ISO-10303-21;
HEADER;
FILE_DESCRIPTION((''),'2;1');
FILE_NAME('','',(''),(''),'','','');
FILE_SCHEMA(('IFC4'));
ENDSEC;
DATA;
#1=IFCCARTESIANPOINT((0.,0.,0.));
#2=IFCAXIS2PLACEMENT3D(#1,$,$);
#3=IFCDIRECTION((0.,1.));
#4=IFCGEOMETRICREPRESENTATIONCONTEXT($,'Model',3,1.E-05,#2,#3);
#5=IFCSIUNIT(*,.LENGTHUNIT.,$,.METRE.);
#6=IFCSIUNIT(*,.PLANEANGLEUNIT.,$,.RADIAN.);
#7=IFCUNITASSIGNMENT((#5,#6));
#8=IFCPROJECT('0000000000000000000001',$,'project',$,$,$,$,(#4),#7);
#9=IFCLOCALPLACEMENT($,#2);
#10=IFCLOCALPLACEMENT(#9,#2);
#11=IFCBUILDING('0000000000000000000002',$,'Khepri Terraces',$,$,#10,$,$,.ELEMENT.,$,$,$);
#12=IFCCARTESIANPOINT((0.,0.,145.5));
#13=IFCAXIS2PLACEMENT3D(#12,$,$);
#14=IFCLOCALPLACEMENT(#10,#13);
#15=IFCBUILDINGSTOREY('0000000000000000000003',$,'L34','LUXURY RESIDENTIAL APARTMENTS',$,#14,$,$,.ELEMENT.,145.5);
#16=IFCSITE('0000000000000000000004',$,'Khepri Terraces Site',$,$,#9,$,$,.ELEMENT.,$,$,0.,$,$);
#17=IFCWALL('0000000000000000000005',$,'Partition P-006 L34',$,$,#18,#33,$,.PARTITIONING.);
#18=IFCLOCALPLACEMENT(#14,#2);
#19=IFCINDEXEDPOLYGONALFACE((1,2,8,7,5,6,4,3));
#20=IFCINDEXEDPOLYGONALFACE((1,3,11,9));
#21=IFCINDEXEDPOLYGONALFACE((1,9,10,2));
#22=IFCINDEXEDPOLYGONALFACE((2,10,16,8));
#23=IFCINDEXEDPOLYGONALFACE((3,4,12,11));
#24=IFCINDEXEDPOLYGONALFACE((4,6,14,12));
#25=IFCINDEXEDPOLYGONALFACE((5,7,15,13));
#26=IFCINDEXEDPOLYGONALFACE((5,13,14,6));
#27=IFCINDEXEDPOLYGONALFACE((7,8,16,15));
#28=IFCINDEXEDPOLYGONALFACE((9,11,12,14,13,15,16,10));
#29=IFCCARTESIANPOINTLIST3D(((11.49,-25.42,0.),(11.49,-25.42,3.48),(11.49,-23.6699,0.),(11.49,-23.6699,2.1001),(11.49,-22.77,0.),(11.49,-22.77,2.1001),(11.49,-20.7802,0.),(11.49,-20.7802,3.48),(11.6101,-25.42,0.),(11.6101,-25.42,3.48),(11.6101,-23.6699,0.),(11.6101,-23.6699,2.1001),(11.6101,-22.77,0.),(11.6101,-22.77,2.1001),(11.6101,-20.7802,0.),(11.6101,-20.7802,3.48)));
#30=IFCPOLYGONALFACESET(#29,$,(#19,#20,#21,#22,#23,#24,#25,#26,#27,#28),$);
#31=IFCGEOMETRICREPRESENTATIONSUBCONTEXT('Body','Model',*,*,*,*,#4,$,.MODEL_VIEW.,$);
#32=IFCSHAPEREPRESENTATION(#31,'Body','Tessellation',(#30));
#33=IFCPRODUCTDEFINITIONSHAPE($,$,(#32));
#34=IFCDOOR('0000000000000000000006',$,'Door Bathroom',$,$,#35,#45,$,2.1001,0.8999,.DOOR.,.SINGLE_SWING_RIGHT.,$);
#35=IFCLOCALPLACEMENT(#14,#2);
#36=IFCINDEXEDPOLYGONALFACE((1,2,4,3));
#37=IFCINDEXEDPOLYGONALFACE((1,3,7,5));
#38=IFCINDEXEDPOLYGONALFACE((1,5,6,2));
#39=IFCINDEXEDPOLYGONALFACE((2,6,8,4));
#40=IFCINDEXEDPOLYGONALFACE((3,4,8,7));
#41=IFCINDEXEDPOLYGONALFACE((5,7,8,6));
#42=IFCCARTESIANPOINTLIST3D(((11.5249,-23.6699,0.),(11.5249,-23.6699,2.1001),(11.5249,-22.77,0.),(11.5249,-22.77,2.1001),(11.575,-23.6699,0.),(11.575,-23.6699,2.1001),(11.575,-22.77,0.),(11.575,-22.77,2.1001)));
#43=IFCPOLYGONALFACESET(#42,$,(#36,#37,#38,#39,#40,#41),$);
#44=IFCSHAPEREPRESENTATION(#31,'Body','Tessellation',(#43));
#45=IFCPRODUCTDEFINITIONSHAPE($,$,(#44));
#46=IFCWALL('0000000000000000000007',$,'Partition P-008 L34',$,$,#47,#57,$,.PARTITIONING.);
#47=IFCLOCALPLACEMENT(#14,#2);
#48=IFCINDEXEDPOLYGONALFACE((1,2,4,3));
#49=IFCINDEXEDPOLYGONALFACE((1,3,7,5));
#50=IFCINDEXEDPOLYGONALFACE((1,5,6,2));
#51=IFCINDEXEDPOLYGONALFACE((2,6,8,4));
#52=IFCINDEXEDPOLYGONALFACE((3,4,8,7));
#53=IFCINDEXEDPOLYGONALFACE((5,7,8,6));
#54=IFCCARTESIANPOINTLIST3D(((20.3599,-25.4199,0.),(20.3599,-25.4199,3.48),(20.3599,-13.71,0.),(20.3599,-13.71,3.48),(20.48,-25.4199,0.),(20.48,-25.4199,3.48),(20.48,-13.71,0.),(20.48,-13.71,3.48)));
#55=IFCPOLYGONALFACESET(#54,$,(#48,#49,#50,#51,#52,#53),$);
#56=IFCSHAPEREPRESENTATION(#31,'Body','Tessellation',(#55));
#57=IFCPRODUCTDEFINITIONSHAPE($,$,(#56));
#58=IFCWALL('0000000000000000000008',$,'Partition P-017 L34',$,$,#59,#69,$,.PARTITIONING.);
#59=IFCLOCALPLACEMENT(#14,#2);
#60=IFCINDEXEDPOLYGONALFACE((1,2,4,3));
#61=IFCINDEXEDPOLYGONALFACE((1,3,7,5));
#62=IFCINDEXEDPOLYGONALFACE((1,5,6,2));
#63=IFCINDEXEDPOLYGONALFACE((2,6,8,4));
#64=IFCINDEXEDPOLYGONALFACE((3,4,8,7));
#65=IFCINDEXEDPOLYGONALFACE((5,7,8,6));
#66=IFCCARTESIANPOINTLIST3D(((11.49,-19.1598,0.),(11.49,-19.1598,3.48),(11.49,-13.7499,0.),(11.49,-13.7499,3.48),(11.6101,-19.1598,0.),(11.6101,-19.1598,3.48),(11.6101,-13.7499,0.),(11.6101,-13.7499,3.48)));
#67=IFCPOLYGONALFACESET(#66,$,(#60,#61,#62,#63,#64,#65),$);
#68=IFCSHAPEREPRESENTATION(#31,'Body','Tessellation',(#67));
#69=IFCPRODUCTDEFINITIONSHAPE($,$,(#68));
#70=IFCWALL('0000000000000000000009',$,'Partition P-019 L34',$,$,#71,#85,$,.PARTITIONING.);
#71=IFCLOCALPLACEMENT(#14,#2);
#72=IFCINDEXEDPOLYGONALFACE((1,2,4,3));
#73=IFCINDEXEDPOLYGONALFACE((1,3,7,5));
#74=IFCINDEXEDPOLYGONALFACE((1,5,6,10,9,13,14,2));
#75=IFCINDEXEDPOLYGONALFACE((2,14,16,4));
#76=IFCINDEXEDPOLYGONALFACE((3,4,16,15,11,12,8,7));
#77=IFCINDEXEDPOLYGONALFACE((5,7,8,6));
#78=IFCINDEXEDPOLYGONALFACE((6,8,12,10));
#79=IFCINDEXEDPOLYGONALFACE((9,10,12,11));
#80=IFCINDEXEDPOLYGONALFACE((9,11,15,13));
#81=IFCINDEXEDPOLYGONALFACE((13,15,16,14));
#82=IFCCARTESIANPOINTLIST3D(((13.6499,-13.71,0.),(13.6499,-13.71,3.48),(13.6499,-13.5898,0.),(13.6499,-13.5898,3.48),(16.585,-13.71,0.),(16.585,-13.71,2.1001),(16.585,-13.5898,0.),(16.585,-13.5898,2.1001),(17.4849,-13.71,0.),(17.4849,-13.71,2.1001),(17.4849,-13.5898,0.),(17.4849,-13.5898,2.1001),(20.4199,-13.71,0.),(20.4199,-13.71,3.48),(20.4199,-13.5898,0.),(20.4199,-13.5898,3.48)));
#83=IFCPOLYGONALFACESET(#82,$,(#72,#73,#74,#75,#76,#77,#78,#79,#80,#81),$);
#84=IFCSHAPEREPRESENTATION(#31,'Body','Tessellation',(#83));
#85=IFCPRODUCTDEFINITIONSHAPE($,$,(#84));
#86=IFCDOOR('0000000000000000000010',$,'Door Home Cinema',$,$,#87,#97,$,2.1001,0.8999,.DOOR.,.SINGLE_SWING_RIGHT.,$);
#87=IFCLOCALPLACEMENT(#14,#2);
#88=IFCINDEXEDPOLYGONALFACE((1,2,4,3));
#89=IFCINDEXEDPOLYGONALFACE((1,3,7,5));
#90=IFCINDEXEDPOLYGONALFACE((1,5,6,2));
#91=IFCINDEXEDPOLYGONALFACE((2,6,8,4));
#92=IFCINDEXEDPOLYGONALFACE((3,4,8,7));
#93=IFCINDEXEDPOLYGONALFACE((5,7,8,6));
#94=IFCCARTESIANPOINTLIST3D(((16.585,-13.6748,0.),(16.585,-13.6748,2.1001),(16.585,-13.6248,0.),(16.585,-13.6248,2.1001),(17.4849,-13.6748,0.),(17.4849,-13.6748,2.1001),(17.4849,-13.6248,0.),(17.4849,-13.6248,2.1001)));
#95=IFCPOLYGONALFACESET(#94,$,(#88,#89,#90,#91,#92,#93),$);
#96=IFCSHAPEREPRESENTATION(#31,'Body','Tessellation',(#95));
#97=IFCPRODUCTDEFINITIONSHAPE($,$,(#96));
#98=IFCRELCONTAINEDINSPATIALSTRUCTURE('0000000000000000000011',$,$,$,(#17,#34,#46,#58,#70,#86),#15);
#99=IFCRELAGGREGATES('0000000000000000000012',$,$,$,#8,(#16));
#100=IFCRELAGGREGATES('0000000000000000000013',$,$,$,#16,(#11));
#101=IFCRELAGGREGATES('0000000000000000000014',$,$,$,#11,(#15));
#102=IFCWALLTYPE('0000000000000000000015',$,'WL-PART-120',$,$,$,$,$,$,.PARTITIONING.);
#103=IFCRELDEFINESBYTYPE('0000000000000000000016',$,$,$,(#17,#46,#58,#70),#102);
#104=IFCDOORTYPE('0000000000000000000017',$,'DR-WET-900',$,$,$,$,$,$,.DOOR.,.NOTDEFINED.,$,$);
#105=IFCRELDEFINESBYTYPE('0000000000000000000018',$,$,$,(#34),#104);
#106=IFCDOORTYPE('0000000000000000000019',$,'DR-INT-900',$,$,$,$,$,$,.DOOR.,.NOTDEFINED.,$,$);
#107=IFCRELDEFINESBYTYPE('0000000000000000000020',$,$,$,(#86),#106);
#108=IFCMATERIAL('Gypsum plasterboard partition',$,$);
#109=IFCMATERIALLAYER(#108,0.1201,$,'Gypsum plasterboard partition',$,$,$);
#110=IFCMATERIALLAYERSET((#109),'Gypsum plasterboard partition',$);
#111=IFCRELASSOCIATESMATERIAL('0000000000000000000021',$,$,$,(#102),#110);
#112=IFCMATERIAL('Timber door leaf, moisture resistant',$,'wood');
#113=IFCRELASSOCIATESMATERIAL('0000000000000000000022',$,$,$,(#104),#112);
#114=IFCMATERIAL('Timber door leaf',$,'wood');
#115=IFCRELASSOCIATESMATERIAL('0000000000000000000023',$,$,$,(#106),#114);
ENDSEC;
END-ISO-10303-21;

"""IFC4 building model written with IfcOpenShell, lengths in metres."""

from ifc_helpers import new_model, si_unit, direction, frame, frame_2d, origin, place, context, subcontext, project, spatial, rectangle, extrude, material, layer, layer_set, type_object, element, fill, save


model = new_model("IFC4")

# Units and contexts
model_context = context("Model", 3, precision=1e-05, world=origin(), true_north=direction((0.0, 1.0)))
body_context = subcontext(model_context, "Body", "Model", "MODEL_VIEW")
ifc_project = project(units=[si_unit("LENGTHUNIT", "METRE"), si_unit("PLANEANGLEUNIT", "RADIAN")], contexts=[model_context])

# Site, building, storey
site_placement = place(None, origin())
site = spatial("IfcSite", under=ifc_project, at=site_placement, Name="Khepri Terraces Site", CompositionType="ELEMENT", RefElevation=0.0)
building_placement = place(site_placement, origin())
building = spatial("IfcBuilding", under=site, at=building_placement, Name="Khepri Terraces", CompositionType="ELEMENT")
storey_placement = place(building_placement, frame((0.0, 0.0, 145.5)))
storey = spatial("IfcBuildingStorey", under=building, at=storey_placement, Name="L34", Description="LUXURY RESIDENTIAL APARTMENTS", CompositionType="ELEMENT", Elevation=145.5)

# Wall, opening, door
ifc_material_1 = material(Name="Gypsum plasterboard partition")
ifc_layer_1 = layer(ifc_material_1, 0.1201, Name="Gypsum plasterboard partition")
ifc_layer_set_1 = layer_set([ifc_layer_1], Name="Gypsum plasterboard partition")
wall_type_1 = type_object("IfcWallType", Name="WL-PART-120", PredefinedType="PARTITIONING", material=ifc_layer_set_1)
wall_1_placement = place(storey_placement, frame((11.55, -25.4199, 0.0), z_axis=(0.0, 0.0, 1.0), x_axis=(0.0, 1.0, 0.0)))
wall_1 = element("IfcWall", 1, at=wall_1_placement, inside=storey, type_object=wall_type_1, Name="Partition P-006 L34", PredefinedType="PARTITIONING", context=body_context, shape_type="SweptSolid", body=[
    extrude(rectangle(XDim=4.6399, YDim=0.1201, at=frame_2d((2.3198, 0.0))), origin(), (0.0, 0.0, 1.0), 3.48),
])
opening_1_placement = place(wall_1_placement, frame((1.75, 0.0, 0.0)))
opening_1 = element("IfcOpeningElement", 2, at=opening_1_placement, cuts=wall_1, PredefinedType="OPENING", context=body_context, shape_type="SweptSolid", body=[
    extrude(rectangle(XDim=0.8999, YDim=2.1001, at=frame_2d((0.45, 1.05))), frame((0.0, 0.0701, 0.0), z_axis=(0.0, -1.0, 0.0), x_axis=(1.0, 0.0, 0.0)), (0.0, 0.0, 1.0), 0.1401),
])
ifc_material_2 = material(Name="Timber door leaf, moisture resistant", Category="wood")
door_type_1 = type_object("IfcDoorType", Name="DR-WET-900", OperationType="NOTDEFINED", PredefinedType="DOOR", material=ifc_material_2)
door_1_placement = place(opening_1_placement, frame((0.8999, 0.0, 0.0), z_axis=(0.0, 0.0, 1.0), x_axis=(-1.0, 0.0, 0.0)))
door_1 = element("IfcDoor", 3, at=door_1_placement, inside=storey, type_object=door_type_1, Name="Door Bathroom", OperationType="SINGLE_SWING_RIGHT", OverallHeight=2.1001, OverallWidth=0.8999, PredefinedType="DOOR", context=body_context, shape_type="SweptSolid", body=[
    extrude(rectangle(XDim=0.8999, YDim=2.1001, at=frame_2d((0.45, 1.05))), frame((0.0, 0.0249, 0.0), z_axis=(0.0, -1.0, 0.0), x_axis=(1.0, 0.0, 0.0)), (0.0, 0.0, 1.0), 0.05),
])
fill(opening_1, door_1)

# Walls
wall_2_placement = place(storey_placement, frame((20.4199, -25.4199, 0.0), z_axis=(0.0, 0.0, 1.0), x_axis=(0.0, 1.0, 0.0)))
element("IfcWall", 4, at=wall_2_placement, inside=storey, type_object=wall_type_1, Name="Partition P-008 L34", PredefinedType="PARTITIONING", context=body_context, shape_type="SweptSolid", body=[
    extrude(rectangle(XDim=11.71, YDim=0.1201, at=frame_2d((5.855, 0.0))), origin(), (0.0, 0.0, 1.0), 3.48),
])
wall_3_placement = place(storey_placement, frame((11.55, -19.1599, 0.0), z_axis=(0.0, 0.0, 1.0), x_axis=(0.0, 1.0, 0.0)))
element("IfcWall", 5, at=wall_3_placement, inside=storey, type_object=wall_type_1, Name="Partition P-017 L34", PredefinedType="PARTITIONING", context=body_context, shape_type="SweptSolid", body=[
    extrude(rectangle(XDim=5.4099, YDim=0.1201, at=frame_2d((2.7051, 0.0))), origin(), (0.0, 0.0, 1.0), 3.48),
])

# Wall, opening, door
wall_4_placement = place(storey_placement, frame((13.6499, -13.6499, 0.0), z_axis=(0.0, 0.0, 1.0), x_axis=(1.0, 0.0, 0.0)))
wall_4 = element("IfcWall", 6, at=wall_4_placement, inside=storey, type_object=wall_type_1, Name="Partition P-019 L34", PredefinedType="PARTITIONING", context=body_context, shape_type="SweptSolid", body=[
    extrude(rectangle(XDim=6.77, YDim=0.1201, at=frame_2d((3.385, 0.0))), origin(), (0.0, 0.0, 1.0), 3.48),
])
opening_2_placement = place(wall_4_placement, frame((2.9351, 0.0, 0.0)))
opening_2 = element("IfcOpeningElement", 7, at=opening_2_placement, cuts=wall_4, PredefinedType="OPENING", context=body_context, shape_type="SweptSolid", body=[
    extrude(rectangle(XDim=0.8999, YDim=2.1001, at=frame_2d((0.45, 1.05))), frame((0.0, 0.0701, 0.0), z_axis=(0.0, -1.0, 0.0), x_axis=(1.0, 0.0, 0.0)), (0.0, 0.0, 1.0), 0.1401),
])
ifc_material_3 = material(Name="Timber door leaf", Category="wood")
door_type_2 = type_object("IfcDoorType", Name="DR-INT-900", OperationType="NOTDEFINED", PredefinedType="DOOR", material=ifc_material_3)
door_2_placement = place(opening_2_placement, frame((0.8999, 0.0, 0.0), z_axis=(0.0, 0.0, 1.0), x_axis=(-1.0, 0.0, 0.0)))
door_2 = element("IfcDoor", 8, at=door_2_placement, inside=storey, type_object=door_type_2, Name="Door Home Cinema", OperationType="SINGLE_SWING_RIGHT", OverallHeight=2.1001, OverallWidth=0.8999, PredefinedType="DOOR", context=body_context, shape_type="SweptSolid", body=[
    extrude(rectangle(XDim=0.8999, YDim=2.1001, at=frame_2d((0.45, 1.05))), frame((0.0, 0.0249, 0.0), z_axis=(0.0, -1.0, 0.0), x_axis=(1.0, 0.0, 0.0)), (0.0, 0.0, 1.0), 0.05),
])
fill(opening_2, door_2)

save(model, "model.ifc")
